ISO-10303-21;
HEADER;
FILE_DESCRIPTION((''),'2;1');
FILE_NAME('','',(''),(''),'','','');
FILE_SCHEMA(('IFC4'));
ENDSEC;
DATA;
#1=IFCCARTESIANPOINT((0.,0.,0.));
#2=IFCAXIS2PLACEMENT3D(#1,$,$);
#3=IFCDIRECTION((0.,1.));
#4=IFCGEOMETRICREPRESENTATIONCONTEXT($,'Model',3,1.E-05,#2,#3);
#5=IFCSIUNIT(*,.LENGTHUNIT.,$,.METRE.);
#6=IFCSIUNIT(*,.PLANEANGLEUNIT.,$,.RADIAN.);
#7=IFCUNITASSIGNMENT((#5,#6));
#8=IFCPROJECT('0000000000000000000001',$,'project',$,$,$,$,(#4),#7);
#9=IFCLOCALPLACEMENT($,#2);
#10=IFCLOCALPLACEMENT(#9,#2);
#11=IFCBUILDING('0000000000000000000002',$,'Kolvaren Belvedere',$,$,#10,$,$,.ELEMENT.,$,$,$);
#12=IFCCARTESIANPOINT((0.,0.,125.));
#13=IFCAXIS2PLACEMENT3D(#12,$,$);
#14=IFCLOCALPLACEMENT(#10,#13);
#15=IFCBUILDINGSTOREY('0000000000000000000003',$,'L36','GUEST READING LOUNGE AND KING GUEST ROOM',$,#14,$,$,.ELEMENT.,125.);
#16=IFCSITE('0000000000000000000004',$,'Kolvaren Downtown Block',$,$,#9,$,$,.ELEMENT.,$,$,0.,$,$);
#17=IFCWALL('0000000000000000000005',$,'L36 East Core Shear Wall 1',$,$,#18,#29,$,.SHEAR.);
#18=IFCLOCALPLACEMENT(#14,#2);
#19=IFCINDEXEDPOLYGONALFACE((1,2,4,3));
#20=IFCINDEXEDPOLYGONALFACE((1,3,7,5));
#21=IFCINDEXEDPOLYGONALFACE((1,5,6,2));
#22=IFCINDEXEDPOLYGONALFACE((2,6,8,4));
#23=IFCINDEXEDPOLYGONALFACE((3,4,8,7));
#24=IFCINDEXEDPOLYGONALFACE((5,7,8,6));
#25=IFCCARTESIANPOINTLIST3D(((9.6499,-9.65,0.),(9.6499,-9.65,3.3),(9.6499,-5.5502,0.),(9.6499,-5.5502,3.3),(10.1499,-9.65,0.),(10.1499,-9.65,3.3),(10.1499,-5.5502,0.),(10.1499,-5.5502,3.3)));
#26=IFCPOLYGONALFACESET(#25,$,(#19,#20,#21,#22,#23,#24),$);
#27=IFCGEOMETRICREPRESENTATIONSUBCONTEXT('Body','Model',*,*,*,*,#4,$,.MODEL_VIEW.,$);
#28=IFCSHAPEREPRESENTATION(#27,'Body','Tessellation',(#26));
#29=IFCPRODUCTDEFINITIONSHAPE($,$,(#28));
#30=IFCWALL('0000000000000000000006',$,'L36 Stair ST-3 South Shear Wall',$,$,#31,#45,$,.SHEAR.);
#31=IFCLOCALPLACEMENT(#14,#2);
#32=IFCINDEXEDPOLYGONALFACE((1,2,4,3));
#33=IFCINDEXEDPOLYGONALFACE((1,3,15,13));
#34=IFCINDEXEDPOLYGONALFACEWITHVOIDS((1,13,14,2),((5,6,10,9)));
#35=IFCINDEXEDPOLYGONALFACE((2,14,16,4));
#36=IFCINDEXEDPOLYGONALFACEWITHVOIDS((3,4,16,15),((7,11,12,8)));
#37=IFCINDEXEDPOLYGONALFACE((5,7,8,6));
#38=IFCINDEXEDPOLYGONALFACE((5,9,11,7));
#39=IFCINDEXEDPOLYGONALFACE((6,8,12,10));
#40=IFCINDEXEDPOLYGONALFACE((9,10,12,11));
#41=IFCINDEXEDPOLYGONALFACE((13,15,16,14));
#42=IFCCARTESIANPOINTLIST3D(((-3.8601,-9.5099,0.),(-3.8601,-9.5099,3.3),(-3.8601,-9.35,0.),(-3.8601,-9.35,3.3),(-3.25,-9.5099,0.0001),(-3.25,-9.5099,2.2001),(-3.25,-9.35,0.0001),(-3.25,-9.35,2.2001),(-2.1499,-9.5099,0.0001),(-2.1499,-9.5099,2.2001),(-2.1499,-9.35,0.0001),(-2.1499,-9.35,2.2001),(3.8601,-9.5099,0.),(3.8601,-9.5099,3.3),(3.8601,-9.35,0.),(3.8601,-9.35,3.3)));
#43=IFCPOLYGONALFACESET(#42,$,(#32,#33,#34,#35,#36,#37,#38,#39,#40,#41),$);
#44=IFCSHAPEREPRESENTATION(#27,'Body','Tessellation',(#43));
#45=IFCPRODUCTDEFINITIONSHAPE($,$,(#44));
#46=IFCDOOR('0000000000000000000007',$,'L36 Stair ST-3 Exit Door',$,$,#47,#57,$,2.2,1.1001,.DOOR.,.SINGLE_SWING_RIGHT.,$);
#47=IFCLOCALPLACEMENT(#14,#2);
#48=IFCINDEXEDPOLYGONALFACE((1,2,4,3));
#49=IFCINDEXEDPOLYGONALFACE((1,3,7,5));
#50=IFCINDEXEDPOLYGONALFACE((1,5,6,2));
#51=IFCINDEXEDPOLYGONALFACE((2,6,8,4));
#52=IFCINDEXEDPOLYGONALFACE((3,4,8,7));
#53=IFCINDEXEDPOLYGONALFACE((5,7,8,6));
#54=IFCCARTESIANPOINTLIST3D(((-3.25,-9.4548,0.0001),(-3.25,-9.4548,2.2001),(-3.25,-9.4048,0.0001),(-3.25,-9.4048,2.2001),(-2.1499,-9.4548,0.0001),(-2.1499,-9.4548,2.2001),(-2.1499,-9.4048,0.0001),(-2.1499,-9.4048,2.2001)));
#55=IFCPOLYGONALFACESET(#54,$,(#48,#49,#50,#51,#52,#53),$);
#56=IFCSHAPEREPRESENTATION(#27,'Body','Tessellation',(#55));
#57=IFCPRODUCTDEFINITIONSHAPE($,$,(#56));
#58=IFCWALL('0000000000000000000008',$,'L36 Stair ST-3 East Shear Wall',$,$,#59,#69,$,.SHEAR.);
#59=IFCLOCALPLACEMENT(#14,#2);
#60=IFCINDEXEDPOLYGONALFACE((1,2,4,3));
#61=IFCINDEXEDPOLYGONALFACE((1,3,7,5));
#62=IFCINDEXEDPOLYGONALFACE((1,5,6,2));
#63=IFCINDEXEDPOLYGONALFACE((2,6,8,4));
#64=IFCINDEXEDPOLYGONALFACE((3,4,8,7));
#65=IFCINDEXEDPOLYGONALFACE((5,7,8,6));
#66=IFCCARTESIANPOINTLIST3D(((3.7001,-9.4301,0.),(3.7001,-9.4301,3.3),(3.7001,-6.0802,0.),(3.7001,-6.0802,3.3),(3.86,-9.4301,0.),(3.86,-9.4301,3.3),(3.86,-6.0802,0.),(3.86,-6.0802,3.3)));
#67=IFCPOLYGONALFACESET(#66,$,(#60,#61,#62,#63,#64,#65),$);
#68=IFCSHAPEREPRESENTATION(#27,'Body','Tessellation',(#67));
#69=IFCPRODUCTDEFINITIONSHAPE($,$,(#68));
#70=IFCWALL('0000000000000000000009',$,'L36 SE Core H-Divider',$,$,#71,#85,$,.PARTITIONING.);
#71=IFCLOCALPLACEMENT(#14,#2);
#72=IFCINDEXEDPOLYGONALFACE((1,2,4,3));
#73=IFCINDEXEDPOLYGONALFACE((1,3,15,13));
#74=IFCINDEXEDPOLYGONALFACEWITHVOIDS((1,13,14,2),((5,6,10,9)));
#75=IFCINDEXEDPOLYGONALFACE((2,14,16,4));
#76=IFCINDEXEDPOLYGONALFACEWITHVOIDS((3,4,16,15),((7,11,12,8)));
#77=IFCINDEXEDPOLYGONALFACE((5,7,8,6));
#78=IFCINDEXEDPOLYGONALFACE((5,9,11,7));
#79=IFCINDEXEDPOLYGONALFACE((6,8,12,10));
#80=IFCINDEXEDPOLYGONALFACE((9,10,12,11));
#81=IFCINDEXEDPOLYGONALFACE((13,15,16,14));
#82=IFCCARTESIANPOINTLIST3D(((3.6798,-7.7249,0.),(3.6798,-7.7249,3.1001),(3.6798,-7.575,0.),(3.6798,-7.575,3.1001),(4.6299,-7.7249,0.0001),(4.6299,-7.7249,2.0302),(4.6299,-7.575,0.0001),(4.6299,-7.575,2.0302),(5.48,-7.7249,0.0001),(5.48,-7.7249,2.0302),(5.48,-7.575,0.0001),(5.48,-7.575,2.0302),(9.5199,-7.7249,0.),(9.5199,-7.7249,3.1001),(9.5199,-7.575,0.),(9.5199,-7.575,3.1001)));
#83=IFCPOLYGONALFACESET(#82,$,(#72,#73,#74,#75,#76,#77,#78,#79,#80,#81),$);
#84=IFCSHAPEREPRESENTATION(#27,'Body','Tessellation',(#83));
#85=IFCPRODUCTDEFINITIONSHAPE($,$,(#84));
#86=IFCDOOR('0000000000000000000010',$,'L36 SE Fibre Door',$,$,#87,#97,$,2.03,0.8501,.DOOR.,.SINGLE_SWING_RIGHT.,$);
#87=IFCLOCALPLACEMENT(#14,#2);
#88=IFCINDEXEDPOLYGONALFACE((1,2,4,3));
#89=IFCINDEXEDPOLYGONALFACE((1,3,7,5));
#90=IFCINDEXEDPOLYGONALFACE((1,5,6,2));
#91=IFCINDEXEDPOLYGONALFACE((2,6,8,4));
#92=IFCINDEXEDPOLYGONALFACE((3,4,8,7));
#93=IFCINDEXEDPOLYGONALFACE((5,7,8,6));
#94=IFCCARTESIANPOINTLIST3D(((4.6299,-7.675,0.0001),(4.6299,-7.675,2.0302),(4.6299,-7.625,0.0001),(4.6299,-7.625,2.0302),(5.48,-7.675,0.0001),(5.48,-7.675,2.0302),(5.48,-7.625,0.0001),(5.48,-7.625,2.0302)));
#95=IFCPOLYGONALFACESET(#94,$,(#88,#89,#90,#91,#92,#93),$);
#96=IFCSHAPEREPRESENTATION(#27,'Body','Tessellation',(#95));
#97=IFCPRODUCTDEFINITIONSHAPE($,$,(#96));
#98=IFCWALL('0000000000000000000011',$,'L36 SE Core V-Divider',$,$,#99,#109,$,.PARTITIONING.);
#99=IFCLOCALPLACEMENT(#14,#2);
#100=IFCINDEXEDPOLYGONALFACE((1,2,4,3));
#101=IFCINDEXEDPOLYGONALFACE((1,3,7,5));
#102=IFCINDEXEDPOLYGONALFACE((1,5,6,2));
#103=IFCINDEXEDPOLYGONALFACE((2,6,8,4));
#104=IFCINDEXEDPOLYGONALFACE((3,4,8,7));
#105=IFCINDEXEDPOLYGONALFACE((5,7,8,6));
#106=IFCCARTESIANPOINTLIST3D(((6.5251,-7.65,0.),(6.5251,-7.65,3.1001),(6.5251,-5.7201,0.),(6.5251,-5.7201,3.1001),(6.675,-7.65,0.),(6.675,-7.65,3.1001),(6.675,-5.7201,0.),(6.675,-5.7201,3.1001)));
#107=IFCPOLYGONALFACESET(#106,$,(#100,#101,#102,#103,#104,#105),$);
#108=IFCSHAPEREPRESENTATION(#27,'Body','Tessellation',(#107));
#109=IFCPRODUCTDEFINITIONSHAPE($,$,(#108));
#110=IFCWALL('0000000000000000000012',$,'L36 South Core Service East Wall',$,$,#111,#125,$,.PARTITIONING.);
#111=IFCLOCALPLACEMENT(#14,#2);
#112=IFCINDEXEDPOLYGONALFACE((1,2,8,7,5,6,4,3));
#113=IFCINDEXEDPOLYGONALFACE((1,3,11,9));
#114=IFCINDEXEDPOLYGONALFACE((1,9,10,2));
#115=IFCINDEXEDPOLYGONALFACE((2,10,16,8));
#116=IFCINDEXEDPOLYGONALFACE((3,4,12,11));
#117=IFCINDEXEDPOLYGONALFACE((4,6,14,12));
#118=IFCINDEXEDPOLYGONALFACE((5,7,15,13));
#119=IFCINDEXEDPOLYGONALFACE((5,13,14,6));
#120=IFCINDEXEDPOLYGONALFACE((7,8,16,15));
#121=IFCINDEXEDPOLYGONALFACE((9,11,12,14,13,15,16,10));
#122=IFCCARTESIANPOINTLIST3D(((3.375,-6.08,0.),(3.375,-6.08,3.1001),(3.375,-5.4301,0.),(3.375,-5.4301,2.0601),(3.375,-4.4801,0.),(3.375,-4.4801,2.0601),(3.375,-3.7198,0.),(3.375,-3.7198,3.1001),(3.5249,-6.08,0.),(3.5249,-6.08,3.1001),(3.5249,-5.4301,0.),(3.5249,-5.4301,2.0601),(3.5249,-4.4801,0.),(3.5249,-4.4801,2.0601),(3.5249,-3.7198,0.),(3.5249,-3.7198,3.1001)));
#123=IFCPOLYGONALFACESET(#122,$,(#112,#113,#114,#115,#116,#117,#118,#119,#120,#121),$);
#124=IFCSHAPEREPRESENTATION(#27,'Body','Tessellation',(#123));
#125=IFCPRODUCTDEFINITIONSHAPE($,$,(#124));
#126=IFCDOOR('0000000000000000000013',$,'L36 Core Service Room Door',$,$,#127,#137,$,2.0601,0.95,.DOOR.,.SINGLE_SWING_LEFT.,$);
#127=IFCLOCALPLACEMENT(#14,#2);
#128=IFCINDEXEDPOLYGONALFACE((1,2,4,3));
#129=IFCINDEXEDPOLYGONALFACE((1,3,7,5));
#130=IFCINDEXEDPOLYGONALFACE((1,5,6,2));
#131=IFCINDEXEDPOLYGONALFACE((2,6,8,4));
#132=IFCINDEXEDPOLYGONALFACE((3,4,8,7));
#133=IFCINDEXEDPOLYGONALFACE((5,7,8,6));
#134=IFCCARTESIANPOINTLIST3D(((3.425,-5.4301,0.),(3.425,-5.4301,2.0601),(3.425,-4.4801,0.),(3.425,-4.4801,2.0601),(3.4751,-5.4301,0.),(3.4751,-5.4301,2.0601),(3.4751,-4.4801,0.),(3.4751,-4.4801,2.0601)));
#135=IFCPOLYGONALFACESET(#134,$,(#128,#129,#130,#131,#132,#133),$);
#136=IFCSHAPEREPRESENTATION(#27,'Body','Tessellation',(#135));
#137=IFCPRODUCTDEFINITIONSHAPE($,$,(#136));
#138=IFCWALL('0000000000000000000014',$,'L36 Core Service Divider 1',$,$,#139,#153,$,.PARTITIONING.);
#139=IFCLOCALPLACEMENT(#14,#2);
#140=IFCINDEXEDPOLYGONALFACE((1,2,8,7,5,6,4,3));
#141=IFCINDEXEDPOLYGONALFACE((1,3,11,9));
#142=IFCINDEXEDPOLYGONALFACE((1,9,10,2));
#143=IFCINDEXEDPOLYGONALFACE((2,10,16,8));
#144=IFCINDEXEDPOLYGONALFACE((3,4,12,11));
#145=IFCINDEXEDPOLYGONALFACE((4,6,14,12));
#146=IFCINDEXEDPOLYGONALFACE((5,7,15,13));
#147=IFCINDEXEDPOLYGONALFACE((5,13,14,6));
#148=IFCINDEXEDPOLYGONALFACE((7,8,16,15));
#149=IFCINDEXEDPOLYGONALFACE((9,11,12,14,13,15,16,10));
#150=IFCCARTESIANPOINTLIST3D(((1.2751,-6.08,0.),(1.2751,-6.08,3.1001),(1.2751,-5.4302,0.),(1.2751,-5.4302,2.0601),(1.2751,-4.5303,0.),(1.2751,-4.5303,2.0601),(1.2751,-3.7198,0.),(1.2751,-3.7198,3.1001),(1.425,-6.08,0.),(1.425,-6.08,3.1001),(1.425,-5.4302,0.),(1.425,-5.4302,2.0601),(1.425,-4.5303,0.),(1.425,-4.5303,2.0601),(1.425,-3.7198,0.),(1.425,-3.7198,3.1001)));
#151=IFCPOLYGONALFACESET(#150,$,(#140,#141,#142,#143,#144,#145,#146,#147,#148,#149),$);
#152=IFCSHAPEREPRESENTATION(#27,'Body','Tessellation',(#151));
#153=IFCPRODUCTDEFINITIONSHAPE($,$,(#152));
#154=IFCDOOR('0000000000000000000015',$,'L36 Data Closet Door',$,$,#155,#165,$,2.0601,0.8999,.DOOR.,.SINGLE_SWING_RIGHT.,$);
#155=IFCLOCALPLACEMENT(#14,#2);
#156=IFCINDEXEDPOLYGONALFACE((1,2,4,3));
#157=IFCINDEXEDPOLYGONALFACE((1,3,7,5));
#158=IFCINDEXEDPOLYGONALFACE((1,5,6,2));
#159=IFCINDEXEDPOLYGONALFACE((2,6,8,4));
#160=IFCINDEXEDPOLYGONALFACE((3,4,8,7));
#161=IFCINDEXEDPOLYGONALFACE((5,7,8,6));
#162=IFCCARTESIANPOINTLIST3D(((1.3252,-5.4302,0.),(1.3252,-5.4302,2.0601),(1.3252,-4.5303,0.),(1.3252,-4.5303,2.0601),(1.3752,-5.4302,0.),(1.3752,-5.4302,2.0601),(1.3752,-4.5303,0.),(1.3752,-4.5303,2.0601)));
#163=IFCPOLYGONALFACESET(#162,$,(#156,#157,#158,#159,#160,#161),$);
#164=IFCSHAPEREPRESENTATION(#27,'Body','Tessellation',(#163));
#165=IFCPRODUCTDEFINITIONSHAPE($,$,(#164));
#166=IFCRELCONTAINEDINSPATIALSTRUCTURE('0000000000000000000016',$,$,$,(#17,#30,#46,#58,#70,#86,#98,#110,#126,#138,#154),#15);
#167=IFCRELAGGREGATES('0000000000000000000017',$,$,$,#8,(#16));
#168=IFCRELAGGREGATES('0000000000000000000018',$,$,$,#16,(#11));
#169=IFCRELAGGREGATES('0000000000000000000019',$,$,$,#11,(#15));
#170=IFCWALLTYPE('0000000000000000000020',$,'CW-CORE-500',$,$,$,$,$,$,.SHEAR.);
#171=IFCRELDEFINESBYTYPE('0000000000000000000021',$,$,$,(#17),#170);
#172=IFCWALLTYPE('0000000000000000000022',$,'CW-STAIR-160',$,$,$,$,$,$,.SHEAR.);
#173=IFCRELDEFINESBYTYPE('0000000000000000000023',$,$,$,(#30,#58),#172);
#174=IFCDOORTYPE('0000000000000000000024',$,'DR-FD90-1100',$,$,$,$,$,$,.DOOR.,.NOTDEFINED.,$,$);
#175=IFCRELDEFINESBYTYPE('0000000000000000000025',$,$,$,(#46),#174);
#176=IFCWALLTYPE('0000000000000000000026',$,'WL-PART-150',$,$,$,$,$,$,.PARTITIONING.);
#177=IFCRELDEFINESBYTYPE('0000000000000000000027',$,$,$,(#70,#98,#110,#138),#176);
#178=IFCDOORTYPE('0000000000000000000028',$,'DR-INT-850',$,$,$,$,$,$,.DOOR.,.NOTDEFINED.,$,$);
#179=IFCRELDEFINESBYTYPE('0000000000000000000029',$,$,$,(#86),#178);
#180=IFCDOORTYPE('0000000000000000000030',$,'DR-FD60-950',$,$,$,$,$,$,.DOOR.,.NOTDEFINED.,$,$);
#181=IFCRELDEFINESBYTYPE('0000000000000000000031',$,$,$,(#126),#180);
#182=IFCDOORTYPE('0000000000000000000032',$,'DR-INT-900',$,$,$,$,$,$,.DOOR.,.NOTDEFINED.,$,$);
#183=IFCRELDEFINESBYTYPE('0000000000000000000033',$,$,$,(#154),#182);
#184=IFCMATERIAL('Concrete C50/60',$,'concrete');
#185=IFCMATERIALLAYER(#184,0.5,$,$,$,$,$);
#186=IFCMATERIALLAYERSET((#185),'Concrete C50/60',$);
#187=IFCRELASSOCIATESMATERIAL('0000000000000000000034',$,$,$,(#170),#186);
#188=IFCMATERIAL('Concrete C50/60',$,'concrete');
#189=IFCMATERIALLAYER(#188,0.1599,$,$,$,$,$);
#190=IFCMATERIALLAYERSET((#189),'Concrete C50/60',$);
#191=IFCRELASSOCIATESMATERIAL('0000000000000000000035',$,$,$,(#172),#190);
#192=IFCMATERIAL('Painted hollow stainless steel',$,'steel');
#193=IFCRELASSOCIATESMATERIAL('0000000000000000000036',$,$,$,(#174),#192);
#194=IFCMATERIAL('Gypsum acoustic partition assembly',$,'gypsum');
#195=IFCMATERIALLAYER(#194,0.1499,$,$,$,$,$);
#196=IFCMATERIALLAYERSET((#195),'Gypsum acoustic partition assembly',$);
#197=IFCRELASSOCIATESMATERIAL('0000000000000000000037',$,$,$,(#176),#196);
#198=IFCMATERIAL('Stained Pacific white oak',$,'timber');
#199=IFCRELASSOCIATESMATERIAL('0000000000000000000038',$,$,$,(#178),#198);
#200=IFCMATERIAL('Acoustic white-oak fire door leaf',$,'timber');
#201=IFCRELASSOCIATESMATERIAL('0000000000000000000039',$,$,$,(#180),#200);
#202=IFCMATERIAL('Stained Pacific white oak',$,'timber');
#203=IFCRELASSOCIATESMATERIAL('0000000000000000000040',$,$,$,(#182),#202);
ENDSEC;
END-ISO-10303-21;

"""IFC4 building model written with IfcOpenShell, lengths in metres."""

from ifc_helpers import new_model, si_unit, direction, frame, frame_2d, origin, place, context, subcontext, project, spatial, rectangle, extrude, material, layer, layer_set, type_object, element, fill, save


model = new_model("IFC4")

# Units and contexts
model_context = context("Model", 3, precision=1e-05, world=origin(), true_north=direction((0.0, 1.0)))
body_context = subcontext(model_context, "Body", "Model", "MODEL_VIEW")
ifc_project = project(units=[si_unit("LENGTHUNIT", "METRE"), si_unit("PLANEANGLEUNIT", "RADIAN")], contexts=[model_context])

# Site, building, storey
site_placement = place(None, origin())
site = spatial("IfcSite", under=ifc_project, at=site_placement, Name="Kolvaren Downtown Block", CompositionType="ELEMENT", RefElevation=0.0)
building_placement = place(site_placement, origin())
building = spatial("IfcBuilding", under=site, at=building_placement, Name="Kolvaren Belvedere", CompositionType="ELEMENT")
storey_placement = place(building_placement, frame((0.0, 0.0, 125.0)))
storey = spatial("IfcBuildingStorey", under=building, at=storey_placement, Name="L36", Description="GUEST READING LOUNGE AND KING GUEST ROOM", CompositionType="ELEMENT", Elevation=125.0)

# Wall
ifc_material_1 = material(Name="Concrete C50/60", Category="concrete")
ifc_layer_1 = layer(ifc_material_1, 0.5)
ifc_layer_set_1 = layer_set([ifc_layer_1], Name="Concrete C50/60")
wall_type_1 = type_object("IfcWallType", Name="CW-CORE-500", PredefinedType="SHEAR", material=ifc_layer_set_1)
wall_1_placement = place(storey_placement, frame((9.8999, -9.6499, 0.0), z_axis=(0.0, 0.0, 1.0), x_axis=(0.0, 1.0, 0.0)))
element("IfcWall", 1, at=wall_1_placement, inside=storey, type_object=wall_type_1, Name="L36 East Core Shear Wall 1", PredefinedType="SHEAR", context=body_context, shape_type="SweptSolid", body=[
    extrude(rectangle(XDim=4.0999, YDim=0.5, at=frame_2d((2.0498, 0.0))), origin(), (0.0, 0.0, 1.0), 3.3),
])

# Wall, opening, door
ifc_material_2 = material(Name="Concrete C50/60", Category="concrete")
ifc_layer_2 = layer(ifc_material_2, 0.1599)
ifc_layer_set_2 = layer_set([ifc_layer_2], Name="Concrete C50/60")
wall_type_2 = type_object("IfcWallType", Name="CW-STAIR-160", PredefinedType="SHEAR", material=ifc_layer_set_2)
wall_2_placement = place(storey_placement, frame((3.8601, -9.4299, 0.0), z_axis=(0.0, 0.0, 1.0), x_axis=(-1.0, 0.0, 0.0)))
wall_2 = element("IfcWall", 2, at=wall_2_placement, inside=storey, type_object=wall_type_2, Name="L36 Stair ST-3 South Shear Wall", PredefinedType="SHEAR", context=body_context, shape_type="SweptSolid", body=[
    extrude(rectangle(XDim=7.7202, YDim=0.1599, at=frame_2d((3.8601, 0.0))), origin(), (0.0, 0.0, 1.0), 3.3),
])
opening_1_placement = place(wall_2_placement, frame((6.01, 0.0, 0.0)))
opening_1 = element("IfcOpeningElement", 3, at=opening_1_placement, cuts=wall_2, PredefinedType="OPENING", context=body_context, shape_type="SweptSolid", body=[
    extrude(rectangle(XDim=1.1001, YDim=2.2, at=frame_2d((0.55, 1.1001))), frame((0.0, 0.0898, 0.0), z_axis=(0.0, -1.0, 0.0), x_axis=(1.0, 0.0, 0.0)), (0.0, 0.0, 1.0), 0.1799),
])
ifc_material_3 = material(Name="Painted hollow stainless steel", Category="steel")
door_type_1 = type_object("IfcDoorType", Name="DR-FD90-1100", OperationType="NOTDEFINED", PredefinedType="DOOR", material=ifc_material_3)
door_1_placement = place(opening_1_placement, origin())
door_1 = element("IfcDoor", 4, at=door_1_placement, inside=storey, type_object=door_type_1, Name="L36 Stair ST-3 Exit Door", OperationType="SINGLE_SWING_RIGHT", OverallHeight=2.2, OverallWidth=1.1001, PredefinedType="DOOR", context=body_context, shape_type="SweptSolid", body=[
    extrude(rectangle(XDim=1.1001, YDim=2.2, at=frame_2d((0.55, 1.1001))), frame((0.0, 0.0249, 0.0), z_axis=(0.0, -1.0, 0.0), x_axis=(1.0, 0.0, 0.0)), (0.0, 0.0, 1.0), 0.05),
])
fill(opening_1, door_1)

# Wall
wall_3_placement = place(storey_placement, frame((3.78, -9.4299, 0.0), z_axis=(0.0, 0.0, 1.0), x_axis=(0.0, 1.0, 0.0)))
element("IfcWall", 5, at=wall_3_placement, inside=storey, type_object=wall_type_2, Name="L36 Stair ST-3 East Shear Wall", PredefinedType="SHEAR", context=body_context, shape_type="SweptSolid", body=[
    extrude(rectangle(XDim=3.3499, YDim=0.1599, at=frame_2d((1.6748, 0.0))), origin(), (0.0, 0.0, 1.0), 3.3),
])

# Wall, opening, door
ifc_material_4 = material(Name="Gypsum acoustic partition assembly", Category="gypsum")
ifc_layer_3 = layer(ifc_material_4, 0.1499)
ifc_layer_set_3 = layer_set([ifc_layer_3], Name="Gypsum acoustic partition assembly")
wall_type_3 = type_object("IfcWallType", Name="WL-PART-150", PredefinedType="PARTITIONING", material=ifc_layer_set_3)
wall_4_placement = place(storey_placement, frame((3.6799, -7.6499, 0.0), z_axis=(0.0, 0.0, 1.0), x_axis=(1.0, 0.0, 0.0)))
wall_4 = element("IfcWall", 6, at=wall_4_placement, inside=storey, type_object=wall_type_3, Name="L36 SE Core H-Divider", PredefinedType="PARTITIONING", context=body_context, shape_type="SweptSolid", body=[
    extrude(rectangle(XDim=5.8401, YDim=0.1499, at=frame_2d((2.9199, 0.0))), origin(), (0.0, 0.0, 1.0), 3.1001),
])
opening_2_placement = place(wall_4_placement, frame((0.95, 0.0, 0.0)))
opening_2 = element("IfcOpeningElement", 7, at=opening_2_placement, cuts=wall_4, PredefinedType="OPENING", context=body_context, shape_type="SweptSolid", body=[
    extrude(rectangle(XDim=0.8501, YDim=2.03, at=frame_2d((0.425, 1.0151))), frame((0.0, 0.085, 0.0), z_axis=(0.0, -1.0, 0.0), x_axis=(1.0, 0.0, 0.0)), (0.0, 0.0, 1.0), 0.1699),
])
ifc_material_5 = material(Name="Stained Pacific white oak", Category="timber")
door_type_2 = type_object("IfcDoorType", Name="DR-INT-850", OperationType="NOTDEFINED", PredefinedType="DOOR", material=ifc_material_5)
door_2_placement = place(opening_2_placement, origin())
door_2 = element("IfcDoor", 8, at=door_2_placement, inside=storey, type_object=door_type_2, Name="L36 SE Fibre Door", OperationType="SINGLE_SWING_RIGHT", OverallHeight=2.03, OverallWidth=0.8501, PredefinedType="DOOR", context=body_context, shape_type="SweptSolid", body=[
    extrude(rectangle(XDim=0.8501, YDim=2.03, at=frame_2d((0.425, 1.0151))), frame((0.0, 0.0249, 0.0), z_axis=(0.0, -1.0, 0.0), x_axis=(1.0, 0.0, 0.0)), (0.0, 0.0, 1.0), 0.05),
])
fill(opening_2, door_2)

# Wall
wall_5_placement = place(storey_placement, frame((6.6001, -7.6499, 0.0), z_axis=(0.0, 0.0, 1.0), x_axis=(0.0, 1.0, 0.0)))
element("IfcWall", 9, at=wall_5_placement, inside=storey, type_object=wall_type_3, Name="L36 SE Core V-Divider", PredefinedType="PARTITIONING", context=body_context, shape_type="SweptSolid", body=[
    extrude(rectangle(XDim=1.9299, YDim=0.1499, at=frame_2d((0.9648, 0.0))), origin(), (0.0, 0.0, 1.0), 3.1001),
])

# Walls, openings, doors
wall_6_placement = place(storey_placement, frame((3.45, -6.0801, 0.0), z_axis=(0.0, 0.0, 1.0), x_axis=(0.0, 1.0, 0.0)))
wall_6 = element("IfcWall", 10, at=wall_6_placement, inside=storey, type_object=wall_type_3, Name="L36 South Core Service East Wall", PredefinedType="PARTITIONING", context=body_context, shape_type="SweptSolid", body=[
    extrude(rectangle(XDim=2.3601, YDim=0.1499, at=frame_2d((1.1802, 0.0))), origin(), (0.0, 0.0, 1.0), 3.1001),
])
opening_3_placement = place(wall_6_placement, frame((0.6499, 0.0, 0.0)))
opening_3 = element("IfcOpeningElement", 11, at=opening_3_placement, cuts=wall_6, PredefinedType="OPENING", context=body_context, shape_type="SweptSolid", body=[
    extrude(rectangle(XDim=0.95, YDim=2.0601, at=frame_2d((0.4751, 1.03))), frame((0.0, 0.085, 0.0), z_axis=(0.0, -1.0, 0.0), x_axis=(1.0, 0.0, 0.0)), (0.0, 0.0, 1.0), 0.1699),
])
ifc_material_6 = material(Name="Acoustic white-oak fire door leaf", Category="timber")
door_type_3 = type_object("IfcDoorType", Name="DR-FD60-950", OperationType="NOTDEFINED", PredefinedType="DOOR", material=ifc_material_6)
door_3_placement = place(opening_3_placement, origin())
door_3 = element("IfcDoor", 12, at=door_3_placement, inside=storey, type_object=door_type_3, Name="L36 Core Service Room Door", OperationType="SINGLE_SWING_LEFT", OverallHeight=2.0601, OverallWidth=0.95, PredefinedType="DOOR", context=body_context, shape_type="SweptSolid", body=[
    extrude(rectangle(XDim=0.95, YDim=2.0601, at=frame_2d((0.4751, 1.03))), frame((0.0, 0.0249, 0.0), z_axis=(0.0, -1.0, 0.0), x_axis=(1.0, 0.0, 0.0)), (0.0, 0.0, 1.0), 0.05),
])
fill(opening_3, door_3)
wall_7_placement = place(storey_placement, frame((1.3501, -6.0801, 0.0), z_axis=(0.0, 0.0, 1.0), x_axis=(0.0, 1.0, 0.0)))
wall_7 = element("IfcWall", 13, at=wall_7_placement, inside=storey, type_object=wall_type_3, Name="L36 Core Service Divider 1", PredefinedType="PARTITIONING", context=body_context, shape_type="SweptSolid", body=[
    extrude(rectangle(XDim=2.3601, YDim=0.1499, at=frame_2d((1.1802, 0.0))), origin(), (0.0, 0.0, 1.0), 3.1001),
])
opening_4_placement = place(wall_7_placement, frame((0.6499, 0.0, 0.0)))
opening_4 = element("IfcOpeningElement", 14, at=opening_4_placement, cuts=wall_7, PredefinedType="OPENING", context=body_context, shape_type="SweptSolid", body=[
    extrude(rectangle(XDim=0.8999, YDim=2.0601, at=frame_2d((0.45, 1.03))), frame((0.0, 0.085, 0.0), z_axis=(0.0, -1.0, 0.0), x_axis=(1.0, 0.0, 0.0)), (0.0, 0.0, 1.0), 0.1699),
])
ifc_material_7 = material(Name="Stained Pacific white oak", Category="timber")
door_type_4 = type_object("IfcDoorType", Name="DR-INT-900", OperationType="NOTDEFINED", PredefinedType="DOOR", material=ifc_material_7)
door_4_placement = place(opening_4_placement, origin())
door_4 = element("IfcDoor", 15, at=door_4_placement, inside=storey, type_object=door_type_4, Name="L36 Data Closet Door", OperationType="SINGLE_SWING_RIGHT", OverallHeight=2.0601, OverallWidth=0.8999, PredefinedType="DOOR", context=body_context, shape_type="SweptSolid", body=[
    extrude(rectangle(XDim=0.8999, YDim=2.0601, at=frame_2d((0.45, 1.03))), frame((0.0, 0.0249, 0.0), z_axis=(0.0, -1.0, 0.0), x_axis=(1.0, 0.0, 0.0)), (0.0, 0.0, 1.0), 0.05),
])
fill(opening_4, door_4)

save(model, "model.ifc")
